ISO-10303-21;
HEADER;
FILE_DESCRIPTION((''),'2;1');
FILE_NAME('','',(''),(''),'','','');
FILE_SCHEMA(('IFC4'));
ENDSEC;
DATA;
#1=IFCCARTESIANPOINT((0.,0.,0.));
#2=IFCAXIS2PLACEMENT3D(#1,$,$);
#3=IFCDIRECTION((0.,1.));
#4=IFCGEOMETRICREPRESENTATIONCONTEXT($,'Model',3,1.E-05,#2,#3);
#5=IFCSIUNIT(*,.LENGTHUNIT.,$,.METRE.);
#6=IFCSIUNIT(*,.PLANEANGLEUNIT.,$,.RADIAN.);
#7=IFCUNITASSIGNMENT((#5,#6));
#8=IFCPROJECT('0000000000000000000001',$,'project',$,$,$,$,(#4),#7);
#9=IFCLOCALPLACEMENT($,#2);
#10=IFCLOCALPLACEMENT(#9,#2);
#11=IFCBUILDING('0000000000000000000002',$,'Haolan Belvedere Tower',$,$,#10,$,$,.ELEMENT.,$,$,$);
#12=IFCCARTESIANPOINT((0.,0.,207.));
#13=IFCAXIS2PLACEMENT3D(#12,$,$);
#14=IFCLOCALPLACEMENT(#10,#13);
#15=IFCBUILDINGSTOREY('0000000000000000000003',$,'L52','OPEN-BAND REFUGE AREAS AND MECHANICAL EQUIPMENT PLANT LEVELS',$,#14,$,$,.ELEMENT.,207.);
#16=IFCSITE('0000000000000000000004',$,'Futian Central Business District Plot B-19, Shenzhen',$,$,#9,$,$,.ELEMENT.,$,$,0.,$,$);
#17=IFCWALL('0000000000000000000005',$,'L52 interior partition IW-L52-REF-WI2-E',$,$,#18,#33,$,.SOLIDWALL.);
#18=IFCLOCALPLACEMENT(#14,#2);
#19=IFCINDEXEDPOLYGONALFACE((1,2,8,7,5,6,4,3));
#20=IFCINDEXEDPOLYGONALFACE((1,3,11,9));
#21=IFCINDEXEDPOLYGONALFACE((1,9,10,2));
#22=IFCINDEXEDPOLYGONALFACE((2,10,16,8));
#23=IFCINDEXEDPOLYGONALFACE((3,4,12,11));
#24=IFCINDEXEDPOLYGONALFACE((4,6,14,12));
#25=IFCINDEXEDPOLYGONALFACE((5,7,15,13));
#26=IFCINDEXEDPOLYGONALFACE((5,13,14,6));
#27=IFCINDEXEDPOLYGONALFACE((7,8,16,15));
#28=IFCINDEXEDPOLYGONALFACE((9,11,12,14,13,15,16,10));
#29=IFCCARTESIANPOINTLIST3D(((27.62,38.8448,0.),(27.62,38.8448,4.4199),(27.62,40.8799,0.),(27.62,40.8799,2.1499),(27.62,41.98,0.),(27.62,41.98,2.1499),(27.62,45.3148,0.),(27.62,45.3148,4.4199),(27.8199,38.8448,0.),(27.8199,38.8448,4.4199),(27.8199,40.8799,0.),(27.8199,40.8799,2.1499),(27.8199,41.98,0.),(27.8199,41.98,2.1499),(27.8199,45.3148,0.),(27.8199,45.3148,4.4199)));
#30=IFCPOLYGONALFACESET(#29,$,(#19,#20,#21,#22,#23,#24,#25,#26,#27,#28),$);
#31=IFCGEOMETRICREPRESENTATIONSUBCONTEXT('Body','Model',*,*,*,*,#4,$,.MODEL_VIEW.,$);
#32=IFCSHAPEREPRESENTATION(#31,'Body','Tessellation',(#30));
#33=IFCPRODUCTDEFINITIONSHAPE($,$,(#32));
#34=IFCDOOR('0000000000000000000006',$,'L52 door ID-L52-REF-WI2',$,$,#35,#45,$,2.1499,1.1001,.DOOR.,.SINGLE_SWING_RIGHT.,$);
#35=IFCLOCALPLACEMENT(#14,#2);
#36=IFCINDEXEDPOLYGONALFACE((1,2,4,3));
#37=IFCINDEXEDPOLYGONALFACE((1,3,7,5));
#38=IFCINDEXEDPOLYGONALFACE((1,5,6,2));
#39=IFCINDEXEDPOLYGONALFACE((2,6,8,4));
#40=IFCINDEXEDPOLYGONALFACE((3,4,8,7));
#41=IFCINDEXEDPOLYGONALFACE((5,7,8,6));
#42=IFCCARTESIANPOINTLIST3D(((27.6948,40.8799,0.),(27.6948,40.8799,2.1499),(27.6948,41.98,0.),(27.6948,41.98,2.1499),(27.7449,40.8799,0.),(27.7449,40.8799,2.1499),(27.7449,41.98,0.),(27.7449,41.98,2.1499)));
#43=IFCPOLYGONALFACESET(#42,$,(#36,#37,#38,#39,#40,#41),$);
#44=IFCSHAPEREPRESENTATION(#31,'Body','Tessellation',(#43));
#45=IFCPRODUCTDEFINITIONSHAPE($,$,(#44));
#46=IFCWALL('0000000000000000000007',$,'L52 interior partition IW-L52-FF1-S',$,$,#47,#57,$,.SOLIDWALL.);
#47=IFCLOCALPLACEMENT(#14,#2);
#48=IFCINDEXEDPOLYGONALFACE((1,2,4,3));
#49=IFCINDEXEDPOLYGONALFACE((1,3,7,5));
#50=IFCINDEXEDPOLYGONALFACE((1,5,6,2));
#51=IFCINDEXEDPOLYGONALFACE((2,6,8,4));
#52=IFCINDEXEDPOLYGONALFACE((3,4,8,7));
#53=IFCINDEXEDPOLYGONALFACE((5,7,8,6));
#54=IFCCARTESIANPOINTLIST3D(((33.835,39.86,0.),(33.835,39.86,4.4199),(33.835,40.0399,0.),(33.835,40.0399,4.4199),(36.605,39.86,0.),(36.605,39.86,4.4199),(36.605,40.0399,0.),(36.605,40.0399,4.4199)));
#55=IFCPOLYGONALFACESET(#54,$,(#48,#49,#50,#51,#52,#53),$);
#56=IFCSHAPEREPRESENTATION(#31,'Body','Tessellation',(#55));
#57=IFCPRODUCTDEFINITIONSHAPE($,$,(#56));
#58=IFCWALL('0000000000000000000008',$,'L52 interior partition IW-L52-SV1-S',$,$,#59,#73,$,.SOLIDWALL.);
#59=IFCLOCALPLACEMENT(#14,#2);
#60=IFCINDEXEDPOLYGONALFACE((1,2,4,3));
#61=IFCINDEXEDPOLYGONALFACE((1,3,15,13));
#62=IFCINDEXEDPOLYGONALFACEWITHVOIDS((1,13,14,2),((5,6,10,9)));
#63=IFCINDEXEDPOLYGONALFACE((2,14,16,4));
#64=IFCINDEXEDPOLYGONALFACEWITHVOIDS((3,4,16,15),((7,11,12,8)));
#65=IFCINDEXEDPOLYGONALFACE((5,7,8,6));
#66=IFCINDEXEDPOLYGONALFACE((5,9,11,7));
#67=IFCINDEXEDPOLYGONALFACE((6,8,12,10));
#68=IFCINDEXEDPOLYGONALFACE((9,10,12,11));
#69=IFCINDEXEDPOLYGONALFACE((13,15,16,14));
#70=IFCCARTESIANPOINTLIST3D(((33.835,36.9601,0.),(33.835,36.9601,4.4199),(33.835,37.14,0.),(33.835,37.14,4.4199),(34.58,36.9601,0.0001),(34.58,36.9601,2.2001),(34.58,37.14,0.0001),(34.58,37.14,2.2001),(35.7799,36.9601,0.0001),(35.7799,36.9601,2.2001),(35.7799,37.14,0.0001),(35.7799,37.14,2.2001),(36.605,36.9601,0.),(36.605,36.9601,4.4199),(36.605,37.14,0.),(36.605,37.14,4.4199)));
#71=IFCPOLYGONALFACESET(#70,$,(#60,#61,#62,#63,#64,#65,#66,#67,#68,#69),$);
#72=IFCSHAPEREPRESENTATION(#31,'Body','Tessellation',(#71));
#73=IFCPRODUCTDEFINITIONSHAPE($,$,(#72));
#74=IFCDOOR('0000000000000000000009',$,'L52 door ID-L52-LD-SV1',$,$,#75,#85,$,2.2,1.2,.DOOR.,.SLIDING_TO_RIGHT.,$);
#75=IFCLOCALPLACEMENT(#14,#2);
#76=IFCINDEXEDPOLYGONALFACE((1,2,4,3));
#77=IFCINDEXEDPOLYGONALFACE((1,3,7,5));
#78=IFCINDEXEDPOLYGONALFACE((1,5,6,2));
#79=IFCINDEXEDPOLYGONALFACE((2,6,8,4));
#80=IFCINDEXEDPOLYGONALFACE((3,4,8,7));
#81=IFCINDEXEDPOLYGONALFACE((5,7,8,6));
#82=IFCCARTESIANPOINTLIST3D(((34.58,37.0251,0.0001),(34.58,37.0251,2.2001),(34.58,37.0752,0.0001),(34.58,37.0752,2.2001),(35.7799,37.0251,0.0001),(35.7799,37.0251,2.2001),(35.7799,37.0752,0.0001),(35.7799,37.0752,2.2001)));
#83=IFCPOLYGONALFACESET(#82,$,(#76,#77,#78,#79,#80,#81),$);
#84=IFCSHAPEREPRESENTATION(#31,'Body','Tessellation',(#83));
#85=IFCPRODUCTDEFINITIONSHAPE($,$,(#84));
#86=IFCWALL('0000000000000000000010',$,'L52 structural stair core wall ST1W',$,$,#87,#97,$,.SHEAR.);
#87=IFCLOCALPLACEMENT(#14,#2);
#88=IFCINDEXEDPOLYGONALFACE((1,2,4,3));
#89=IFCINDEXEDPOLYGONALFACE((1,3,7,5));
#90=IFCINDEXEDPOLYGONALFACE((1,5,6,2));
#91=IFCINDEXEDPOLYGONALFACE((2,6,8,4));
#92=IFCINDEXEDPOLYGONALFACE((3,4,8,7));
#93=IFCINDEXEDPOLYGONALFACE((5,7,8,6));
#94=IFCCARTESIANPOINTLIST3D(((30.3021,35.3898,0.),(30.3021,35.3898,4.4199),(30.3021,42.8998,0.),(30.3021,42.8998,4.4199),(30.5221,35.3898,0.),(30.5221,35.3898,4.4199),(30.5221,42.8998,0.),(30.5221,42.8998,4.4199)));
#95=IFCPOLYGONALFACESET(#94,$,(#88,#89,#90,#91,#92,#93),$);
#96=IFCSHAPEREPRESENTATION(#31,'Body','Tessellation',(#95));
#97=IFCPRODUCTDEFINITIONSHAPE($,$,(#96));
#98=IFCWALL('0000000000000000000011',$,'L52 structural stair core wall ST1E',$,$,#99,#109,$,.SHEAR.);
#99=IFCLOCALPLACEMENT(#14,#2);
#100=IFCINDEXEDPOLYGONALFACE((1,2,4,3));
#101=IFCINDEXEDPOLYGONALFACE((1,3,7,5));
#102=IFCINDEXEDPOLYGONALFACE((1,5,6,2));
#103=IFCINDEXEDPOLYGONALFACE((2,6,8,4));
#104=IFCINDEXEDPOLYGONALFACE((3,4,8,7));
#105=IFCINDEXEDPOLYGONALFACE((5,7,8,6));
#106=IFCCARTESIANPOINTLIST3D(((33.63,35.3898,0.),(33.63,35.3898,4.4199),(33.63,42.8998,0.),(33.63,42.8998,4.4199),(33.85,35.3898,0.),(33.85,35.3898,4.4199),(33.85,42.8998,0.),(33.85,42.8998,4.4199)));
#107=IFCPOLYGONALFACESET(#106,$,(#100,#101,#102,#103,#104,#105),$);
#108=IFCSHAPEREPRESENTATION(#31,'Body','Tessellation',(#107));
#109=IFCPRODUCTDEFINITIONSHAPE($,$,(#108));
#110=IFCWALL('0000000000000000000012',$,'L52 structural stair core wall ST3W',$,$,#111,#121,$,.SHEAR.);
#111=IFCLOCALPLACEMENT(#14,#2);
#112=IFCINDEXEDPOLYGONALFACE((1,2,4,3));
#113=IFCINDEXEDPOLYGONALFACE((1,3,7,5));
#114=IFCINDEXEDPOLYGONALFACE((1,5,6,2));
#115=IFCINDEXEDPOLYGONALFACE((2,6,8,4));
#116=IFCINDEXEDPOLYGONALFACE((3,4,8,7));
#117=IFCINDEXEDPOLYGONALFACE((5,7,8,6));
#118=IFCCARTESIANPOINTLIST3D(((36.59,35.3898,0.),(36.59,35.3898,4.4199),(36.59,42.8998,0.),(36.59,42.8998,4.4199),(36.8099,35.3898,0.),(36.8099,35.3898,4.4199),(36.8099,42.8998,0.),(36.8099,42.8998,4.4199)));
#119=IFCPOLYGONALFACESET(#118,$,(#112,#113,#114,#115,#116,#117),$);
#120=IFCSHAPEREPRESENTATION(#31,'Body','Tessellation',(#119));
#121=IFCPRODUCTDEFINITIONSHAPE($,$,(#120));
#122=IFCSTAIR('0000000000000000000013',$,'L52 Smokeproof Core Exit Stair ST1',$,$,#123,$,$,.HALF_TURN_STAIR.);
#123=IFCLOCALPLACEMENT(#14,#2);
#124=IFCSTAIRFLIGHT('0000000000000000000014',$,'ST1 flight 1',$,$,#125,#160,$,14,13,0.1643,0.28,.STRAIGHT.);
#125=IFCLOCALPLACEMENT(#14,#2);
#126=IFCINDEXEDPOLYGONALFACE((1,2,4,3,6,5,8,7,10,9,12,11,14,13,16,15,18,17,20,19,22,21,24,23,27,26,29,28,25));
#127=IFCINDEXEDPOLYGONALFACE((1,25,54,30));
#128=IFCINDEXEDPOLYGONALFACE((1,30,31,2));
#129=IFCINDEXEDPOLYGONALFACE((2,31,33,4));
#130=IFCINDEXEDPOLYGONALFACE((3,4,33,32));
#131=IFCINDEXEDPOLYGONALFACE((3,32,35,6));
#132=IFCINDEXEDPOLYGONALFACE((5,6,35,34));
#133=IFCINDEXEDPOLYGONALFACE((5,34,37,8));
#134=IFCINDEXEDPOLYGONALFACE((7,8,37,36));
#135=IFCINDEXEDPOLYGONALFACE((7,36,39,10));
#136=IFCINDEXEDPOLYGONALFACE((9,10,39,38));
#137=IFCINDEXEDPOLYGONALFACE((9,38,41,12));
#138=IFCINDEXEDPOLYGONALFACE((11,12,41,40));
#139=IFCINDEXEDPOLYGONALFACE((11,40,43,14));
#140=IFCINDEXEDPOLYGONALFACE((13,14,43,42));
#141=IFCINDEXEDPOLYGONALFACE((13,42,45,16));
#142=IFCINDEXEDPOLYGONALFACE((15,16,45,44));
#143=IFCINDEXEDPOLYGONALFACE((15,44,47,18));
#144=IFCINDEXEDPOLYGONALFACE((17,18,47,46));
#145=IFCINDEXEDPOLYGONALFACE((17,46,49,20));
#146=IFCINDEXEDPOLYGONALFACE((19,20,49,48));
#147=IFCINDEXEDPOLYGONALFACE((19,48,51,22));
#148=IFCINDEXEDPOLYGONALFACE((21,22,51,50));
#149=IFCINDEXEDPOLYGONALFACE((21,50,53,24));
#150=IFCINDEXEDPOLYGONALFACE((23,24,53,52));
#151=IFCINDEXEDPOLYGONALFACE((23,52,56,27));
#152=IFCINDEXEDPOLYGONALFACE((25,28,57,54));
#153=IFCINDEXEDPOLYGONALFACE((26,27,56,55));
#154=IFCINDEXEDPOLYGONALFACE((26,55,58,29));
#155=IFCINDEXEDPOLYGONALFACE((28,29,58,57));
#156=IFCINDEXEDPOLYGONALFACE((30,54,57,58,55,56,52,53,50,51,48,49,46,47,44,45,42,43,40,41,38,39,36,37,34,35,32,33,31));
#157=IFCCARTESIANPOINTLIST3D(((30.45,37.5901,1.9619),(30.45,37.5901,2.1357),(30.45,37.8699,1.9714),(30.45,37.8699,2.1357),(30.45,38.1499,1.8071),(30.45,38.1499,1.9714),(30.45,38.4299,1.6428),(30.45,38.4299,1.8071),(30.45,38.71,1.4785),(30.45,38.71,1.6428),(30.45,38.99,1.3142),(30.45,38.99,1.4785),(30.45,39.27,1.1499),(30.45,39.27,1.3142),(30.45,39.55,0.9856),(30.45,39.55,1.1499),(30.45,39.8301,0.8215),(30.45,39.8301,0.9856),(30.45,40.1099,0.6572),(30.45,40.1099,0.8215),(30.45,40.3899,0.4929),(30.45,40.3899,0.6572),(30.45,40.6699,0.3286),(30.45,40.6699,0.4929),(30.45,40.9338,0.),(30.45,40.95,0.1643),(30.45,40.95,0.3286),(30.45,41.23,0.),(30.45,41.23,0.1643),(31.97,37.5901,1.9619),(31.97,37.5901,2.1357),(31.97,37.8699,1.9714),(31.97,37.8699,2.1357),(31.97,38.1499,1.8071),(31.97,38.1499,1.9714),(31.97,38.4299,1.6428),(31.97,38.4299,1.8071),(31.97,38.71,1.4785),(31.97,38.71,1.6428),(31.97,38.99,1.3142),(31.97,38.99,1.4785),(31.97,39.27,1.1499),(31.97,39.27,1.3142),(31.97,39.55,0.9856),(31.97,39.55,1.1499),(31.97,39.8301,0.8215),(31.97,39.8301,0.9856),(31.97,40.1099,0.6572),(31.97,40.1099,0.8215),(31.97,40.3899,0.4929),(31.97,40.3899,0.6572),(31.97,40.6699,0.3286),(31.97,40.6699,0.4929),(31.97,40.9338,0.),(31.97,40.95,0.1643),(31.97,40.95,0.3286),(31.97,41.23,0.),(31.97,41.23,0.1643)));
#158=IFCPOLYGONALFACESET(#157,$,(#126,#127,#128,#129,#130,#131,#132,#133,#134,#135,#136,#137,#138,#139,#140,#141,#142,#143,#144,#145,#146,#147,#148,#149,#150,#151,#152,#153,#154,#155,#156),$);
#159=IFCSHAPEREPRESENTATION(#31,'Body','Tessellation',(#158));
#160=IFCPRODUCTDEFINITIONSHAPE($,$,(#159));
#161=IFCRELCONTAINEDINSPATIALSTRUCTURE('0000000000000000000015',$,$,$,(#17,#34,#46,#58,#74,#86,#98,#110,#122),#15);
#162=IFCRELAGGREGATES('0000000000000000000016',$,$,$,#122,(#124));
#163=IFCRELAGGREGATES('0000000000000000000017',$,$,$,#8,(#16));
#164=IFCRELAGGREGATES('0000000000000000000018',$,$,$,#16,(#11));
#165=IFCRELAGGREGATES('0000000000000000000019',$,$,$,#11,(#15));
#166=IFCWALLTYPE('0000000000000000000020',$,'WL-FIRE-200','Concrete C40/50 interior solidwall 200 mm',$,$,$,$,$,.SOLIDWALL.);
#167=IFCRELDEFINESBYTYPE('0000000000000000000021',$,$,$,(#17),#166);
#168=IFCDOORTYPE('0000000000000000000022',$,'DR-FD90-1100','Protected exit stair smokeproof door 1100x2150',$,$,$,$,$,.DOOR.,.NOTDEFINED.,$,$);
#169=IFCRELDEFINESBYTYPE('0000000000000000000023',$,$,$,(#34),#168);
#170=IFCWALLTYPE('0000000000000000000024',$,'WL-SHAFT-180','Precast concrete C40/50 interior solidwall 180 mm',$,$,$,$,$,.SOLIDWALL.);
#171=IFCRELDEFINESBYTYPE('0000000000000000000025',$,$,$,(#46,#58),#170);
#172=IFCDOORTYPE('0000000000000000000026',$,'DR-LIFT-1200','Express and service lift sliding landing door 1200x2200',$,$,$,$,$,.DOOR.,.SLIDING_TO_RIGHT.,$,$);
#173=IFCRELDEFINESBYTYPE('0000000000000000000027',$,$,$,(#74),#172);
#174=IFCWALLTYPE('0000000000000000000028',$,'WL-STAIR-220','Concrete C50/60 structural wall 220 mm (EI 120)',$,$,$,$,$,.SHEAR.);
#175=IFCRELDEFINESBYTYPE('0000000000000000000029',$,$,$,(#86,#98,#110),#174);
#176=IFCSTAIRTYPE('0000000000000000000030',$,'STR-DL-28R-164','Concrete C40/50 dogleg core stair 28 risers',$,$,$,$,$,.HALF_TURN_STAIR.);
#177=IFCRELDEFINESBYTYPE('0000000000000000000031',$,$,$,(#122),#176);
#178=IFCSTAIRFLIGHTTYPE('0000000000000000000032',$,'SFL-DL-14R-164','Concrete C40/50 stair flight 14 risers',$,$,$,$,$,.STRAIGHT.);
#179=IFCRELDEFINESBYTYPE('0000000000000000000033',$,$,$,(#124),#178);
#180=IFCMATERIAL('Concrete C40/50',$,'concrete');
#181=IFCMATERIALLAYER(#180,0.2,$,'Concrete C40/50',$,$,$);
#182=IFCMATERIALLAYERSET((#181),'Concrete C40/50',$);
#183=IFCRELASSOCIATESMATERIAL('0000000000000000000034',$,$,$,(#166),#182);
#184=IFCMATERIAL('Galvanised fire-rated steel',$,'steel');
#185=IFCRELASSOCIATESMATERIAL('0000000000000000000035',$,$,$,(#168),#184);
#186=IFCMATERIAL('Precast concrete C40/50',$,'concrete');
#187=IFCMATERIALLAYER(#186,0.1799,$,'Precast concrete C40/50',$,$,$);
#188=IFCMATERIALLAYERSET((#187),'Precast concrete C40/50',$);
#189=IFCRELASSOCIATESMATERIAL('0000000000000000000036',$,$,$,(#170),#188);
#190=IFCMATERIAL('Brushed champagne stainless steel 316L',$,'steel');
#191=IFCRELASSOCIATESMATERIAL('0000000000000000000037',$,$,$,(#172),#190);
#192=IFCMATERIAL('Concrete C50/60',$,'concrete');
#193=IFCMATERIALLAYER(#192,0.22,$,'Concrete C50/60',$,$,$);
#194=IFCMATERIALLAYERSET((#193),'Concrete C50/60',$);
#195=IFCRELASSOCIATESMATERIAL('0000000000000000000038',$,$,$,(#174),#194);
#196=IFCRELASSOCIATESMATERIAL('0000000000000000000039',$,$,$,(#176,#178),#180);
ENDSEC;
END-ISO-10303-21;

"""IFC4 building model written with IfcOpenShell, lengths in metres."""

from ifc_helpers import new_model, si_unit, direction, frame, frame_2d, origin, place, context, subcontext, project, spatial, polyline, rectangle, outline, extrude, material, layer, layer_set, type_object, element, fill, aggregate, save


model = new_model("IFC4")

# Units and contexts
model_context = context("Model", 3, precision=1e-05, world=origin(), true_north=direction((0.0, 1.0)))
body_context = subcontext(model_context, "Body", "Model", "MODEL_VIEW")
ifc_project = project(units=[si_unit("LENGTHUNIT", "METRE"), si_unit("PLANEANGLEUNIT", "RADIAN")], contexts=[model_context])

# Site, building, storey
site_placement = place(None, origin())
site = spatial("IfcSite", under=ifc_project, at=site_placement, Name="Futian Central Business District Plot B-19, Shenzhen", CompositionType="ELEMENT", RefElevation=0.0)
building_placement = place(site_placement, origin())
building = spatial("IfcBuilding", under=site, at=building_placement, Name="Haolan Belvedere Tower", CompositionType="ELEMENT")
storey_placement = place(building_placement, frame((0.0, 0.0, 207.0)))
storey = spatial("IfcBuildingStorey", under=building, at=storey_placement, Name="L52", Description="OPEN-BAND REFUGE AREAS AND MECHANICAL EQUIPMENT PLANT LEVELS", CompositionType="ELEMENT", Elevation=207.0)

# Wall, opening, door
ifc_material_1 = material(Name="Concrete C40/50", Category="concrete")
ifc_layer_1 = layer(ifc_material_1, 0.2, Name="Concrete C40/50")
ifc_layer_set_1 = layer_set([ifc_layer_1], Name="Concrete C40/50")
wall_type_1 = type_object("IfcWallType", Name="WL-FIRE-200", Description="Concrete C40/50 interior solidwall 200 mm", PredefinedType="SOLIDWALL", material=ifc_layer_set_1)
wall_1_placement = place(storey_placement, frame((27.72, 38.845, 0.0), z_axis=(0.0, 0.0, 1.0), x_axis=(0.0, 1.0, 0.0)))
wall_1 = element("IfcWall", 1, at=wall_1_placement, inside=storey, type_object=wall_type_1, Name="L52 interior partition IW-L52-REF-WI2-E", PredefinedType="SOLIDWALL", context=body_context, shape_type="SweptSolid", body=[
    extrude(rectangle(XDim=6.47, YDim=0.2, at=frame_2d((3.2349, 0.0))), origin(), (0.0, 0.0, 1.0), 4.4199),
])
opening_1_placement = place(wall_1_placement, frame((3.135, 0.0, 0.0), z_axis=(0.0, 0.0, 1.0), x_axis=(-1.0, 0.0, 0.0)))
opening_1 = element("IfcOpeningElement", 2, at=opening_1_placement, cuts=wall_1, PredefinedType="OPENING", context=body_context, shape_type="SweptSolid", body=[
    extrude(rectangle(XDim=1.1001, YDim=2.1499, at=frame_2d((0.55, 1.075))), frame((0.0, 0.1099, 0.0), z_axis=(0.0, -1.0, 0.0), x_axis=(1.0, 0.0, 0.0)), (0.0, 0.0, 1.0), 0.22),
])
ifc_material_2 = material(Name="Galvanised fire-rated steel", Category="steel")
door_type_1 = type_object("IfcDoorType", Name="DR-FD90-1100", Description="Protected exit stair smokeproof door 1100x2150", OperationType="NOTDEFINED", PredefinedType="DOOR", material=ifc_material_2)
door_1_placement = place(opening_1_placement, origin())
door_1 = element("IfcDoor", 3, at=door_1_placement, inside=storey, type_object=door_type_1, Name="L52 door ID-L52-REF-WI2", OperationType="SINGLE_SWING_RIGHT", OverallHeight=2.1499, OverallWidth=1.1001, PredefinedType="DOOR", context=body_context, shape_type="SweptSolid", body=[
    extrude(rectangle(XDim=1.1001, YDim=2.1499, at=frame_2d((0.55, 1.075))), frame((0.0, 0.0249, 0.0), z_axis=(0.0, -1.0, 0.0), x_axis=(1.0, 0.0, 0.0)), (0.0, 0.0, 1.0), 0.05),
])
fill(opening_1, door_1)

# Wall
ifc_material_3 = material(Name="Precast concrete C40/50", Category="concrete")
ifc_layer_2 = layer(ifc_material_3, 0.1799, Name="Precast concrete C40/50")
ifc_layer_set_2 = layer_set([ifc_layer_2], Name="Precast concrete C40/50")
wall_type_2 = type_object("IfcWallType", Name="WL-SHAFT-180", Description="Precast concrete C40/50 interior solidwall 180 mm", PredefinedType="SOLIDWALL", material=ifc_layer_set_2)
wall_2_placement = place(storey_placement, frame((33.835, 39.95, 0.0), z_axis=(0.0, 0.0, 1.0), x_axis=(1.0, 0.0, 0.0)))
element("IfcWall", 4, at=wall_2_placement, inside=storey, type_object=wall_type_2, Name="L52 interior partition IW-L52-FF1-S", PredefinedType="SOLIDWALL", context=body_context, shape_type="SweptSolid", body=[
    extrude(rectangle(XDim=2.77, YDim=0.1799, at=frame_2d((1.385, 0.0))), origin(), (0.0, 0.0, 1.0), 4.4199),
])

# Wall, opening, door
wall_3_placement = place(storey_placement, frame((33.835, 37.05, 0.0), z_axis=(0.0, 0.0, 1.0), x_axis=(1.0, 0.0, 0.0)))
wall_3 = element("IfcWall", 5, at=wall_3_placement, inside=storey, type_object=wall_type_2, Name="L52 interior partition IW-L52-SV1-S", PredefinedType="SOLIDWALL", context=body_context, shape_type="SweptSolid", body=[
    extrude(rectangle(XDim=2.77, YDim=0.1799, at=frame_2d((1.385, 0.0))), origin(), (0.0, 0.0, 1.0), 4.4199),
])
opening_2_placement = place(wall_3_placement, frame((1.9451, 0.0, 0.0), z_axis=(0.0, 0.0, 1.0), x_axis=(-1.0, 0.0, 0.0)))
opening_2 = element("IfcOpeningElement", 6, at=opening_2_placement, cuts=wall_3, PredefinedType="OPENING", context=body_context, shape_type="SweptSolid", body=[
    extrude(rectangle(XDim=1.2, YDim=2.2, at=frame_2d((0.6001, 1.1001))), frame((0.0, 0.0999, 0.0), z_axis=(0.0, -1.0, 0.0), x_axis=(1.0, 0.0, 0.0)), (0.0, 0.0, 1.0), 0.2),
])
ifc_material_4 = material(Name="Brushed champagne stainless steel 316L", Category="steel")
door_type_2 = type_object("IfcDoorType", Name="DR-LIFT-1200", Description="Express and service lift sliding landing door 1200x2200", OperationType="SLIDING_TO_RIGHT", PredefinedType="DOOR", material=ifc_material_4)
door_2_placement = place(opening_2_placement, origin())
door_2 = element("IfcDoor", 7, at=door_2_placement, inside=storey, type_object=door_type_2, Name="L52 door ID-L52-LD-SV1", OperationType="SLIDING_TO_RIGHT", OverallHeight=2.2, OverallWidth=1.2, PredefinedType="DOOR", context=body_context, shape_type="SweptSolid", body=[
    extrude(rectangle(XDim=1.2, YDim=2.2, at=frame_2d((0.6001, 1.1001))), frame((0.0, 0.0249, 0.0), z_axis=(0.0, -1.0, 0.0), x_axis=(1.0, 0.0, 0.0)), (0.0, 0.0, 1.0), 0.05),
])
fill(opening_2, door_2)

# Walls
ifc_material_5 = material(Name="Concrete C50/60", Category="concrete")
ifc_layer_3 = layer(ifc_material_5, 0.22, Name="Concrete C50/60")
ifc_layer_set_3 = layer_set([ifc_layer_3], Name="Concrete C50/60")
wall_type_3 = type_object("IfcWallType", Name="WL-STAIR-220", Description="Concrete C50/60 structural wall 220 mm (EI 120)", PredefinedType="SHEAR", material=ifc_layer_set_3)
for number, where, z_axis, x_axis, name in (
    (8, (30.4121, 35.3899, 0.0), (0.0, 0.0, 1.0), (0.0, 1.0, 0.0), "L52 structural stair core wall ST1W"),
    (9, (33.74, 35.3899, 0.0), (0.0, 0.0, 1.0), (0.0, 1.0, 0.0), "L52 structural stair core wall ST1E"),
    (10, (36.7, 35.3899, 0.0), (0.0, 0.0, 1.0), (0.0, 1.0, 0.0), "L52 structural stair core wall ST3W"),
):
    element("IfcWall", number, at=place(storey_placement, frame(where, z_axis=z_axis, x_axis=x_axis)), inside=storey, type_object=wall_type_3, Name=name, PredefinedType="SHEAR", context=body_context, shape_type="SweptSolid", body=[
        extrude(rectangle(XDim=7.51, YDim=0.22, at=frame_2d((3.7549, 0.0))), origin(), (0.0, 0.0, 1.0), 4.4199),
    ])

# Stair, stair flight
stair_type = type_object("IfcStairType", Name="STR-DL-28R-164", Description="Concrete C40/50 dogleg core stair 28 risers", PredefinedType="HALF_TURN_STAIR", material=ifc_material_1)
stair_1_placement = place(storey_placement, origin())
stair_1 = element("IfcStair", 11, at=stair_1_placement, inside=storey, type_object=stair_type, Name="L52 Smokeproof Core Exit Stair ST1", PredefinedType="HALF_TURN_STAIR")
stair_flight_type = type_object("IfcStairFlightType", Name="SFL-DL-14R-164", Description="Concrete C40/50 stair flight 14 risers", PredefinedType="STRAIGHT", material=ifc_material_1)
stair_flight_1_placement = place(storey_placement, frame((31.21, 41.23, 0.0), z_axis=(0.0, 0.0, 1.0), x_axis=(0.0, -1.0, 0.0)))
stair_flight_1 = element("IfcStairFlight", 12, at=stair_flight_1_placement, type_object=stair_flight_type, Name="ST1 flight 1", NumberOfRisers=14, NumberOfTreads=13, PredefinedType="STRAIGHT", RiserHeight=0.1643, TreadLength=0.28, context=body_context, shape_type="SweptSolid", body=[
    extrude(outline(polyline([(0.0, 0.0), (0.0, 0.1643), (0.28, 0.1643), (0.28, 0.3286), (0.5601, 0.3286), (0.5601, 0.4929), (0.8401, 0.4929), (0.8401, 0.6572), (1.1201, 0.6572), (1.1201, 0.8215), (1.3999, 0.8215), (1.3999, 0.9856), (1.6799, 0.9856), (1.6799, 1.1499), (1.96, 1.1499), (1.96, 1.3142), (2.24, 1.3142), (2.24, 1.4785), (2.52, 1.4785), (2.52, 1.6428), (2.8, 1.6428), (2.8, 1.8071), (3.0801, 1.8071), (3.0801, 1.9714), (3.3601, 1.9714), (3.3601, 2.1357), (3.6399, 2.1357), (3.6399, 2.3), (3.6399, 1.9619), (0.2961, 0.0), (0.0, 0.0)])), frame((0.0, 0.76, 0.0), z_axis=(0.0, -1.0, 0.0), x_axis=(1.0, 0.0, 0.0)), (0.0, 0.0, 1.0), 1.52),
])
aggregate(stair_1, [stair_flight_1])

save(model, "model.ifc")
